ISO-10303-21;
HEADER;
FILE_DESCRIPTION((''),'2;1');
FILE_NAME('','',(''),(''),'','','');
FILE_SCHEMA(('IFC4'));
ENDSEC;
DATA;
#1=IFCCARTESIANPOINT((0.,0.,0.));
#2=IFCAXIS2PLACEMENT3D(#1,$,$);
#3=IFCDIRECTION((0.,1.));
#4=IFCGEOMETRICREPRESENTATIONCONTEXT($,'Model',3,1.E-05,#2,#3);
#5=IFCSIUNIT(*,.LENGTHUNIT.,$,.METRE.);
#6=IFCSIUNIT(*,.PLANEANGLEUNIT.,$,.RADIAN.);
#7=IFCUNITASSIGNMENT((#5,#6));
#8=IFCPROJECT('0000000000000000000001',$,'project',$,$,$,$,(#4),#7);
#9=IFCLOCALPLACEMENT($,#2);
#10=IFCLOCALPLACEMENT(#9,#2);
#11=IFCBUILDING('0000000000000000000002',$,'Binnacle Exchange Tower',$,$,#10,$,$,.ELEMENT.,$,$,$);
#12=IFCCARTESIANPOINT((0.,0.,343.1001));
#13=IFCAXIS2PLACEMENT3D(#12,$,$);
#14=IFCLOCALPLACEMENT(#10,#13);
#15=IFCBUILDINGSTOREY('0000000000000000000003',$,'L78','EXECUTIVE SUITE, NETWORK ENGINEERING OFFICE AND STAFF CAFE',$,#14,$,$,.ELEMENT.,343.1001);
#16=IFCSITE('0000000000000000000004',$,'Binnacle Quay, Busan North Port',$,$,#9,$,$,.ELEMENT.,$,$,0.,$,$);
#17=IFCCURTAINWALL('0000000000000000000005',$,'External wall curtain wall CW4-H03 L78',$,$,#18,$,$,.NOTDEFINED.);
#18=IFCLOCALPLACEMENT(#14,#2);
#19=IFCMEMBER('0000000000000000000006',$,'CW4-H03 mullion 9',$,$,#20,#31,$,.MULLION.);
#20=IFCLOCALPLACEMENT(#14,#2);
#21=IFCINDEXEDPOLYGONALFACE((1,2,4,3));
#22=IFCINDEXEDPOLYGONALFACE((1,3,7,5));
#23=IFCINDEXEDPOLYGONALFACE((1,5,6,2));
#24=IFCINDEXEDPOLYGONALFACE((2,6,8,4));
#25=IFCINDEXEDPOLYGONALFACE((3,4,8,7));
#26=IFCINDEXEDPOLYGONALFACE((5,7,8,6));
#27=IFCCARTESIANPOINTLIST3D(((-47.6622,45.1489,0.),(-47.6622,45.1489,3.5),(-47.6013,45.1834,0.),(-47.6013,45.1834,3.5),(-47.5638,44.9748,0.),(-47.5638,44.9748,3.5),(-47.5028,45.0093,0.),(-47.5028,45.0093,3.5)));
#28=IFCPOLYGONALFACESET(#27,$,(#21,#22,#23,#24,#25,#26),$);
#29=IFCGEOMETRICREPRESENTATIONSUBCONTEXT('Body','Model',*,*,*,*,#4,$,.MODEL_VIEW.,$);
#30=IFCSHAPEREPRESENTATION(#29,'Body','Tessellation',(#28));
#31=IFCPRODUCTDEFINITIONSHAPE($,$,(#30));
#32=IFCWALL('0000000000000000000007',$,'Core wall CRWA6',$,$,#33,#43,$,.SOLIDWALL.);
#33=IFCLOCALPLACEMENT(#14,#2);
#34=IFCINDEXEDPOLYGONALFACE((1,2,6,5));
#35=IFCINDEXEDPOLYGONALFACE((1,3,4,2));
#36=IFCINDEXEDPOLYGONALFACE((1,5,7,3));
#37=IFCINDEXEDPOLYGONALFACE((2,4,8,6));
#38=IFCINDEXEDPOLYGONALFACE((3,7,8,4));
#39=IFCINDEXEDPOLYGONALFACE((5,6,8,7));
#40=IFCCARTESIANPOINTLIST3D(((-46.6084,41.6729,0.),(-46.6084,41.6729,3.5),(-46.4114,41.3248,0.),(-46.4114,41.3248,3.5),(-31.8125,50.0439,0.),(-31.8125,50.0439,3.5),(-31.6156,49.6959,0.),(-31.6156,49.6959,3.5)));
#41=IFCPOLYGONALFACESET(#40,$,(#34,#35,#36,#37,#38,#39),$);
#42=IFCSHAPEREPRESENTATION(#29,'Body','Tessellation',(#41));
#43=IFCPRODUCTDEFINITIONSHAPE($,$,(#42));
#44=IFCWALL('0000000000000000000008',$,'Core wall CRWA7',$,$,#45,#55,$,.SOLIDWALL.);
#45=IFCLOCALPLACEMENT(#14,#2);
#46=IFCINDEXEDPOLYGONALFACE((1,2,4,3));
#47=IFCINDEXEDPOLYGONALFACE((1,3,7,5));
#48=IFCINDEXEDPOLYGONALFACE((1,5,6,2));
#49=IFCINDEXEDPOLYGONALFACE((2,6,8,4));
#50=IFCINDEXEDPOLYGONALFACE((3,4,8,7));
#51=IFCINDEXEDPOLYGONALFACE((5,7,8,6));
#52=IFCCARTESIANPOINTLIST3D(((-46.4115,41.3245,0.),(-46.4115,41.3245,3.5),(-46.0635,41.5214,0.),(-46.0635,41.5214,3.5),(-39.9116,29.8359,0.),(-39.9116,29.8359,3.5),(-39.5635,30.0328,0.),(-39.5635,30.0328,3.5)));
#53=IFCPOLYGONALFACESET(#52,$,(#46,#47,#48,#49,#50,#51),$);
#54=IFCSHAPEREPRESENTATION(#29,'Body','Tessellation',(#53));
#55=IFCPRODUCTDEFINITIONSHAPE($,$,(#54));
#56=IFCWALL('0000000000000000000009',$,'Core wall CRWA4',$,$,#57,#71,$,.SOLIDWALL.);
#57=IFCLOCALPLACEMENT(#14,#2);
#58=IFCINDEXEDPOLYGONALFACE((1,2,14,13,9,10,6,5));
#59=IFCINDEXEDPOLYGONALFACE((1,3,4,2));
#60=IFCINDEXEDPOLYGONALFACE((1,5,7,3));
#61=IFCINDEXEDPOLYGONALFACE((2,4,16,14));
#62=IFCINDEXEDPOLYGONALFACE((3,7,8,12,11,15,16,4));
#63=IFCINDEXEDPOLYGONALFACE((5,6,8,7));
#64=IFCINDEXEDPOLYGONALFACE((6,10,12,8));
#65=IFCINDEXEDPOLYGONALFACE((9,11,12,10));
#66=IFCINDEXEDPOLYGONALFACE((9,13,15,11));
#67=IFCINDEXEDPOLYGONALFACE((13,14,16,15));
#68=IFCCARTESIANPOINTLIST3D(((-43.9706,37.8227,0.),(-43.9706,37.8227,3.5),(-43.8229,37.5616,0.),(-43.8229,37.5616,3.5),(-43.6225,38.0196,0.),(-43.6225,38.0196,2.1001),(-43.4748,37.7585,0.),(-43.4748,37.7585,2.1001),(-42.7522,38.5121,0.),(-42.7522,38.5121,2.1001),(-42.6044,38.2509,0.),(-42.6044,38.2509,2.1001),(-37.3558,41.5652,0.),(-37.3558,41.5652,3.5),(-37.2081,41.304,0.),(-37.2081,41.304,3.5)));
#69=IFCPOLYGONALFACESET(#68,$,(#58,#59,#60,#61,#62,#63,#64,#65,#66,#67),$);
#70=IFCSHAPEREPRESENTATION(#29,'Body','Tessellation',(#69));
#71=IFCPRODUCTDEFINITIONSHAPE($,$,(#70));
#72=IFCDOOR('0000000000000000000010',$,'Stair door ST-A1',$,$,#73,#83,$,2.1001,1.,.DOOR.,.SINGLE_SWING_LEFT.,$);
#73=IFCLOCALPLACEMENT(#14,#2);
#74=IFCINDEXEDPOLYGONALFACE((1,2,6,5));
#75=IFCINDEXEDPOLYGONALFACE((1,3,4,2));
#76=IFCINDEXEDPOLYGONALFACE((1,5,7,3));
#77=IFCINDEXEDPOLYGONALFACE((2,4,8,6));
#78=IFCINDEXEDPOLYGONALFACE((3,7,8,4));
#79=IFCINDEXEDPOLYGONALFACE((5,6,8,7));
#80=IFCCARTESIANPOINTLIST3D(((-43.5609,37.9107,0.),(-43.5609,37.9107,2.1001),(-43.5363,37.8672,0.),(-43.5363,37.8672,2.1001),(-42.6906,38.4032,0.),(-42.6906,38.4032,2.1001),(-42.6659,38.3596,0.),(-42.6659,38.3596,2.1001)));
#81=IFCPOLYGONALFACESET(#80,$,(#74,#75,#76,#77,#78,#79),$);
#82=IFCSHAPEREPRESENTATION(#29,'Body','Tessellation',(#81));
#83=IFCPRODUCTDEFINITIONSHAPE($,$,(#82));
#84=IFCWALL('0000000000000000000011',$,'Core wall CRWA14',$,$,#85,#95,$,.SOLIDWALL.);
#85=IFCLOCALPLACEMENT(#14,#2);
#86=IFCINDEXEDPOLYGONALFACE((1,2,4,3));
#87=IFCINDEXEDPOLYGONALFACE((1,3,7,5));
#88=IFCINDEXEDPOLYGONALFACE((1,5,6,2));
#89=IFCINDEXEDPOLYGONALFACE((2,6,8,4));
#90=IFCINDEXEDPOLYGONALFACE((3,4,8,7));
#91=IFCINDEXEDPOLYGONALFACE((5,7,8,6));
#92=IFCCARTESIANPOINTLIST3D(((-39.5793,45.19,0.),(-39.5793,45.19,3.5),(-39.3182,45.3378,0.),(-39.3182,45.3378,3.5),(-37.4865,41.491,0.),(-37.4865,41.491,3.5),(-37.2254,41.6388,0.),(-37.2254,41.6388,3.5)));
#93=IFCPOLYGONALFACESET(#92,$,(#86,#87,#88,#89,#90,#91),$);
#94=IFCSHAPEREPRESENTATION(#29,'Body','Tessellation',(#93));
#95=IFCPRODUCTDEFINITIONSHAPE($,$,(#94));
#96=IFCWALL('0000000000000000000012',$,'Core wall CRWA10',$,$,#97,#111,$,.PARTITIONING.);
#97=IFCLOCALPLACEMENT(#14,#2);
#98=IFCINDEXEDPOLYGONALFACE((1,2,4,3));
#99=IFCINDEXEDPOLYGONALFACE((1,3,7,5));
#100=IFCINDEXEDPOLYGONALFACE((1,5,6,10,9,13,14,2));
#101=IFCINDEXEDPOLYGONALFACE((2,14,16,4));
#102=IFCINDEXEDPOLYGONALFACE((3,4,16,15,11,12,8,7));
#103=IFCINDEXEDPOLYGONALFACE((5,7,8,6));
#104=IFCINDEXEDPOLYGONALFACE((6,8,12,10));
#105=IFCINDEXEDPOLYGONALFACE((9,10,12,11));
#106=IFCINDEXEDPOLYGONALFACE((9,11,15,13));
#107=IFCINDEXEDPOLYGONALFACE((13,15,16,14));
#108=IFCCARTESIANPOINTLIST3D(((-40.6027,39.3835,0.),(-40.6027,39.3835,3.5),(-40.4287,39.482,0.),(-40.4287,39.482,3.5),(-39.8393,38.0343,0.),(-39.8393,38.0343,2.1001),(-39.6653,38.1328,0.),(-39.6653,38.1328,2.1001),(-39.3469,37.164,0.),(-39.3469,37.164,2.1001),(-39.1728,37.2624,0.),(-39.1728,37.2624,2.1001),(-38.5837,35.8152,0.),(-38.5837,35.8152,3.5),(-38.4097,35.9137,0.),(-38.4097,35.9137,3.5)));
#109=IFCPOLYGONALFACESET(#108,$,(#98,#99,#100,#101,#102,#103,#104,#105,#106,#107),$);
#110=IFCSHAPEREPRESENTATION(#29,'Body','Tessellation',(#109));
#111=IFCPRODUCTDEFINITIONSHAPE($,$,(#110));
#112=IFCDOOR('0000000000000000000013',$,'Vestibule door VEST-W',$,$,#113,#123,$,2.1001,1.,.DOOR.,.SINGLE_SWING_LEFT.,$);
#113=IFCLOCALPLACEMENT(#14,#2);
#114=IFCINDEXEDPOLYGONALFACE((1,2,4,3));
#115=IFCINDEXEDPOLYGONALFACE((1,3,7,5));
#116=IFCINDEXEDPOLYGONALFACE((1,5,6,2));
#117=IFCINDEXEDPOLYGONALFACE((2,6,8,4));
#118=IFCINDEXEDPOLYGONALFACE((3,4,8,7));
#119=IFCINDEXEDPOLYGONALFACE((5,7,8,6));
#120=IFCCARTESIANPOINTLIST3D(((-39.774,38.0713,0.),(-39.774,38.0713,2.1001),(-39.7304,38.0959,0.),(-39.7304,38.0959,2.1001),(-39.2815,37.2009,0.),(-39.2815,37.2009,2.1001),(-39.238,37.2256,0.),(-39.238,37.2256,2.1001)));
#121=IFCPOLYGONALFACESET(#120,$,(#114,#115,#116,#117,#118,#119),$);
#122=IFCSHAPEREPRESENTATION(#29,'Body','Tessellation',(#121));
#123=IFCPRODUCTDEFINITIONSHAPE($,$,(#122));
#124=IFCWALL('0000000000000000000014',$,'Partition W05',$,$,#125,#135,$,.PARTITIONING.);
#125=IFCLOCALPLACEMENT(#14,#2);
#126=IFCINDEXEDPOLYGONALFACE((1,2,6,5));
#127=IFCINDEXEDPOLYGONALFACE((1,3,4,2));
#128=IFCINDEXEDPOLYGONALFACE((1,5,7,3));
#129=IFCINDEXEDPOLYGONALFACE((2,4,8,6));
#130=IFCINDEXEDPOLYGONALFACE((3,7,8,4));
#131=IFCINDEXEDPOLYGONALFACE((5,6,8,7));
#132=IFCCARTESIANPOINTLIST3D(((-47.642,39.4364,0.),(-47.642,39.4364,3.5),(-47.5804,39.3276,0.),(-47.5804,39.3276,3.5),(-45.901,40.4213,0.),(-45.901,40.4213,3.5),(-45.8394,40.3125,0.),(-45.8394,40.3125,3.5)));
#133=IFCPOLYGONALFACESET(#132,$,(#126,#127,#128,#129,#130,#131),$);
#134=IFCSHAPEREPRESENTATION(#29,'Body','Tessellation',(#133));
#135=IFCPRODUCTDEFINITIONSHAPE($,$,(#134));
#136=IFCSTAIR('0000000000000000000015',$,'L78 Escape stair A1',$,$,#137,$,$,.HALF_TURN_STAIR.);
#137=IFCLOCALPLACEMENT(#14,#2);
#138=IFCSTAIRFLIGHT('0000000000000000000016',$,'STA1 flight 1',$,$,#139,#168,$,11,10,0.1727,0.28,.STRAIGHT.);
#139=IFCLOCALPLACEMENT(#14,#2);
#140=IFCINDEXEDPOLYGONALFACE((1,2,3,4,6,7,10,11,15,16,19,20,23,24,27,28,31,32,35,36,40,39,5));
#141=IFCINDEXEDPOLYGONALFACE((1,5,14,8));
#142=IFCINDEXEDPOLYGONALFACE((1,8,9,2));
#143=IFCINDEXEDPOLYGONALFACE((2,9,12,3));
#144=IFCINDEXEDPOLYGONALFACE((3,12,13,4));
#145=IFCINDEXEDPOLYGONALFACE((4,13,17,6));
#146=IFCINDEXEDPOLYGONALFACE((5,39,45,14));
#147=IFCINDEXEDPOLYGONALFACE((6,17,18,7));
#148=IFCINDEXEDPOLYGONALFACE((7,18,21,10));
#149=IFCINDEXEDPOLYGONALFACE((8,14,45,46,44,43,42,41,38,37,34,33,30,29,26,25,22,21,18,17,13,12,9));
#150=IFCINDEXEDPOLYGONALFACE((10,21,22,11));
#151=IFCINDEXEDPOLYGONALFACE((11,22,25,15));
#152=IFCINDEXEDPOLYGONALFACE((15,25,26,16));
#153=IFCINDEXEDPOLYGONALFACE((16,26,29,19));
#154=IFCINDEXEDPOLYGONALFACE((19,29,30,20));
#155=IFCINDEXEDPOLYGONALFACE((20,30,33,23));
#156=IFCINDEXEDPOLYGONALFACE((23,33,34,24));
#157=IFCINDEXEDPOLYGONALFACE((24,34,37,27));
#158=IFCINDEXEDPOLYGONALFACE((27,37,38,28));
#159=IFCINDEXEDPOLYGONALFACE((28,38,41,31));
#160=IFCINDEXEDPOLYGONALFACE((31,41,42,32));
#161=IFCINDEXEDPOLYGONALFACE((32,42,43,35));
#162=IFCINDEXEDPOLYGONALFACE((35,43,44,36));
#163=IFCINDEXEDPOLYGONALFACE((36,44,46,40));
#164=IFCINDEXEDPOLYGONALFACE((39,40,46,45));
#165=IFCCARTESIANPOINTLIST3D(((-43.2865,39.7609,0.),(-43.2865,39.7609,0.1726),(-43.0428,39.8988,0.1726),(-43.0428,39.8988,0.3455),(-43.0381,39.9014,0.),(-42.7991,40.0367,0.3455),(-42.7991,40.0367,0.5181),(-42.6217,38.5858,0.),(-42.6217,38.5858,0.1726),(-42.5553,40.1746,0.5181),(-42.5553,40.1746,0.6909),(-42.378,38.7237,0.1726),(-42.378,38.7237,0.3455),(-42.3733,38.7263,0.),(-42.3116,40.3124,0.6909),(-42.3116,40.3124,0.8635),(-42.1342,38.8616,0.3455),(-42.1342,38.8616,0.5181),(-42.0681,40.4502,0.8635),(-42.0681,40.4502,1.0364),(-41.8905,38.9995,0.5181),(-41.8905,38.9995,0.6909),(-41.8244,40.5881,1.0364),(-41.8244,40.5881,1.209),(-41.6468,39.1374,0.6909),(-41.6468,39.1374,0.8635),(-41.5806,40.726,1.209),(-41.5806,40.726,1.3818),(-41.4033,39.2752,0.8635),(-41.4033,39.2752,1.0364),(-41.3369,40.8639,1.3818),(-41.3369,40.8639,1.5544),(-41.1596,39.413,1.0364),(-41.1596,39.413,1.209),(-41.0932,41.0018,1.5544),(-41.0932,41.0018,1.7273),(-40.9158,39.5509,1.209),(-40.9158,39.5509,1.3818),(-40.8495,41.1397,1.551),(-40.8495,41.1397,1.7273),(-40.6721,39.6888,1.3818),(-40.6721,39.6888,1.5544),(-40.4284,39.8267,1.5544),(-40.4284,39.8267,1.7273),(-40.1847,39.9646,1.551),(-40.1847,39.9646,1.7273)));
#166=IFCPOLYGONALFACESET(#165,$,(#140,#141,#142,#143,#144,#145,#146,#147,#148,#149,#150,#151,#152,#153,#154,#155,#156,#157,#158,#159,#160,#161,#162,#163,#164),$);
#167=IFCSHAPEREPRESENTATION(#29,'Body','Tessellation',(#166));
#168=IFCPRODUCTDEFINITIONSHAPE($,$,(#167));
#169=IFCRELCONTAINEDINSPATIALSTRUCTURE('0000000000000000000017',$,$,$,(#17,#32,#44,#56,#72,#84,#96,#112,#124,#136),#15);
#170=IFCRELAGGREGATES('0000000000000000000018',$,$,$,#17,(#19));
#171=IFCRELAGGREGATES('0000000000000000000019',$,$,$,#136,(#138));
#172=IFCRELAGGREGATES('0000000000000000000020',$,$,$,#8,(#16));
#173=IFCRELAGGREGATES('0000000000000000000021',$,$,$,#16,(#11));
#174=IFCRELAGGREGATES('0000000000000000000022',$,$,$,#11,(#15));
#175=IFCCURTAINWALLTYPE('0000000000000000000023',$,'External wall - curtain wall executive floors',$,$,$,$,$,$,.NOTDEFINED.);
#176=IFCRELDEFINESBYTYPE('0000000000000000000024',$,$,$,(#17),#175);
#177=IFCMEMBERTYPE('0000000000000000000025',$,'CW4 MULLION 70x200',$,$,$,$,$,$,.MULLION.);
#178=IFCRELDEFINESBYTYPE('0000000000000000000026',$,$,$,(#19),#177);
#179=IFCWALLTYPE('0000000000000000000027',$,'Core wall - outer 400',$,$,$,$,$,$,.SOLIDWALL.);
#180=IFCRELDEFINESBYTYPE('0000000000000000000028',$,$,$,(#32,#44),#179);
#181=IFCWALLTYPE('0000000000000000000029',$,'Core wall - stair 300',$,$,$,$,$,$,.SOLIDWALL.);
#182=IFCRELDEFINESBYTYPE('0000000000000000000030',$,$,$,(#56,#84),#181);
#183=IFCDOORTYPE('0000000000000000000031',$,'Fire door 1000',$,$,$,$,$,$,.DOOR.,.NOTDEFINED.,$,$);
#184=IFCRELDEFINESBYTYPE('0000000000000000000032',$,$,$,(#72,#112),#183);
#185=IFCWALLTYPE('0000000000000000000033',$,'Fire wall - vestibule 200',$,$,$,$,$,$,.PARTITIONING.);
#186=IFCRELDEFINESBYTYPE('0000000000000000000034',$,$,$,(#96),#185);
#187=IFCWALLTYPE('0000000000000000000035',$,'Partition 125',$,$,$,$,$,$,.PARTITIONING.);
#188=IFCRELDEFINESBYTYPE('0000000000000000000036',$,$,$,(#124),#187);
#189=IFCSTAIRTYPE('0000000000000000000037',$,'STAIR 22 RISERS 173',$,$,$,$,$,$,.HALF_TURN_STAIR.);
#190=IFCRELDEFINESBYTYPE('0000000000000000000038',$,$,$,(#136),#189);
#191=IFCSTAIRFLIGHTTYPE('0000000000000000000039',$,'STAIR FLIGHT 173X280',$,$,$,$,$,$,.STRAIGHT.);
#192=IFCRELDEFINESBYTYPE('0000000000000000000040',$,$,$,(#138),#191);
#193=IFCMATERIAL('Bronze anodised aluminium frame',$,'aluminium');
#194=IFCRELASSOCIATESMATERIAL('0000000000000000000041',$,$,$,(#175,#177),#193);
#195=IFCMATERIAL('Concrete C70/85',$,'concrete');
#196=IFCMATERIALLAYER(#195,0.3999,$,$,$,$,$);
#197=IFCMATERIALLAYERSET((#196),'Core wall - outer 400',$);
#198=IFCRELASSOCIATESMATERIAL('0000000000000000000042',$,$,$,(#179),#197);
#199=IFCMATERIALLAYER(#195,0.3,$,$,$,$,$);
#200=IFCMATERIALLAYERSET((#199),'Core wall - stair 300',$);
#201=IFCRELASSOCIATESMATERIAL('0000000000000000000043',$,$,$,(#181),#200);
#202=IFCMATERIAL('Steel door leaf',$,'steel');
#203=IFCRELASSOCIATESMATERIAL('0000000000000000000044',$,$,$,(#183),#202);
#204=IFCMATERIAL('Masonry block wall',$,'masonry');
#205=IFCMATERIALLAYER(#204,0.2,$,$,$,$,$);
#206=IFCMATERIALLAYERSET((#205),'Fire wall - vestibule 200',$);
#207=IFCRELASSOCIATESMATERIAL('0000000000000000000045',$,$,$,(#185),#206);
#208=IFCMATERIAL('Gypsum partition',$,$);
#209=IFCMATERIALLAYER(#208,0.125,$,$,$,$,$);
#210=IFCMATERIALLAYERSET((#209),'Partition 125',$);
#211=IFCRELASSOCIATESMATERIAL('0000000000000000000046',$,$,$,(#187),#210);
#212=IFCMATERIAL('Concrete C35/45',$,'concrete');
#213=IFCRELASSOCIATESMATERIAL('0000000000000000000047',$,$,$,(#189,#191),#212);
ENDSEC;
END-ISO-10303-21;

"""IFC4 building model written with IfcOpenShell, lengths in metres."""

from ifc_helpers import new_model, si_unit, direction, frame, frame_2d, origin, origin_2d, place, context, subcontext, project, spatial, polyline, rectangle, outline, extrude, material, layer, layer_set, material_profile, profile_set, type_object, element, fill, aggregate, save


model = new_model("IFC4")

# Units and contexts
model_context = context("Model", 3, precision=1e-05, world=origin(), true_north=direction((0.0, 1.0)))
body_context = subcontext(model_context, "Body", "Model", "MODEL_VIEW")
ifc_project = project(units=[si_unit("LENGTHUNIT", "METRE"), si_unit("PLANEANGLEUNIT", "RADIAN")], contexts=[model_context])

# Site, building, storey
site_placement = place(None, origin())
site = spatial("IfcSite", under=ifc_project, at=site_placement, Name="Binnacle Quay, Busan North Port", CompositionType="ELEMENT", RefElevation=0.0)
building_placement = place(site_placement, origin())
building = spatial("IfcBuilding", under=site, at=building_placement, Name="Binnacle Exchange Tower", CompositionType="ELEMENT")
storey_placement = place(building_placement, frame((0.0, 0.0, 343.1001)))
storey = spatial("IfcBuildingStorey", under=building, at=storey_placement, Name="L78", Description="EXECUTIVE SUITE, NETWORK ENGINEERING OFFICE AND STAFF CAFE", CompositionType="ELEMENT", Elevation=343.1001)

# Curtain wall, member
ifc_material_1 = material(Name="Bronze anodised aluminium frame", Category="aluminium")
curtain_wall_type = type_object("IfcCurtainWallType", Name="External wall - curtain wall executive floors", PredefinedType="NOTDEFINED", material=ifc_material_1)
curtain_wall_placement = place(storey_placement, origin())
curtain_wall = element("IfcCurtainWall", 1, at=curtain_wall_placement, inside=storey, type_object=curtain_wall_type, Name="External wall curtain wall CW4-H03 L78", PredefinedType="NOTDEFINED")
ifc_material_profile = material_profile(ifc_material_1, rectangle(XDim=0.2, YDim=0.0701, at=origin_2d()), Name="AL 70x200")
ifc_profile_set = profile_set([ifc_material_profile], Name="Bronze anodised aluminium frame")
member_type = type_object("IfcMemberType", Name="CW4 MULLION 70x200", PredefinedType="MULLION", material=ifc_profile_set)
member_placement = place(storey_placement, frame((-47.5825, 45.0791, 0.0), z_axis=(0.0, 0.0, 1.0), x_axis=(0.492424, -0.870356, 0.0)))
member = element("IfcMember", 2, at=member_placement, type_object=member_type, Name="CW4-H03 mullion 9", PredefinedType="MULLION", context=body_context, shape_type="SweptSolid", body=[
    extrude(rectangle(XDim=0.2, YDim=0.0701, at=origin_2d()), origin(), (0.0, 0.0, 1.0), 3.5),
])
aggregate(curtain_wall, [member])

# Walls
ifc_material_2 = material(Name="Concrete C70/85", Category="concrete")
ifc_layer_1 = layer(ifc_material_2, 0.3999)
ifc_layer_set_1 = layer_set([ifc_layer_1], Name="Core wall - outer 400")
wall_type_1 = type_object("IfcWallType", Name="Core wall - outer 400", PredefinedType="SOLIDWALL", material=ifc_layer_set_1)
wall_1_placement = place(storey_placement, frame((-46.51, 41.4988, 0.0), z_axis=(0.0, 0.0, 1.0), x_axis=(0.870356, 0.492423, 0.0)))
element("IfcWall", 3, at=wall_1_placement, inside=storey, type_object=wall_type_1, Name="Core wall CRWA6", PredefinedType="SOLIDWALL", context=body_context, shape_type="SweptSolid", body=[
    extrude(rectangle(XDim=16.9998, YDim=0.3999, at=frame_2d((8.5, 0.0))), origin(), (0.0, 0.0, 1.0), 3.5),
])
wall_2_placement = place(storey_placement, frame((-46.2375, 41.4231, 0.0), z_axis=(0.0, 0.0, 1.0), x_axis=(0.492422, -0.870357, 0.0)))
element("IfcWall", 4, at=wall_2_placement, inside=storey, type_object=wall_type_1, Name="Core wall CRWA7", PredefinedType="SOLIDWALL", context=body_context, shape_type="SweptSolid", body=[
    extrude(rectangle(XDim=13.2, YDim=0.3999, at=frame_2d((6.6001, 0.0))), origin(), (0.0, 0.0, 1.0), 3.5),
])

# Wall, opening, door
ifc_layer_2 = layer(ifc_material_2, 0.3)
ifc_layer_set_2 = layer_set([ifc_layer_2], Name="Core wall - stair 300")
wall_type_2 = type_object("IfcWallType", Name="Core wall - stair 300", PredefinedType="SOLIDWALL", material=ifc_layer_set_2)
wall_3_placement = place(storey_placement, frame((-43.8967, 37.6921, 0.0), z_axis=(0.0, 0.0, 1.0), x_axis=(0.870356, 0.492422, 0.0)))
wall_3 = element("IfcWall", 5, at=wall_3_placement, inside=storey, type_object=wall_type_2, Name="Core wall CRWA4", PredefinedType="SOLIDWALL", context=body_context, shape_type="SweptSolid", body=[
    extrude(rectangle(XDim=7.6001, YDim=0.3, at=frame_2d((3.8, 0.0))), origin(), (0.0, 0.0, 1.0), 3.5),
])
opening_1_placement = place(wall_3_placement, frame((0.3999, 0.0, 0.0)))
opening_1 = element("IfcOpeningElement", 6, at=opening_1_placement, cuts=wall_3, PredefinedType="OPENING", context=body_context, shape_type="SweptSolid", body=[
    extrude(rectangle(XDim=1.0, YDim=2.1001, at=frame_2d((0.5, 1.05))), frame((0.0, 0.1599, 0.0), z_axis=(0.0, -1.0, 0.0), x_axis=(1.0, 0.0, 0.0)), (0.0, 0.0, 1.0), 0.3201),
])
ifc_material_3 = material(Name="Steel door leaf", Category="steel")
door_type = type_object("IfcDoorType", Name="Fire door 1000", OperationType="NOTDEFINED", PredefinedType="DOOR", material=ifc_material_3)
door_1_placement = place(opening_1_placement, origin())
door_1 = element("IfcDoor", 7, at=door_1_placement, inside=storey, type_object=door_type, Name="Stair door ST-A1", OperationType="SINGLE_SWING_LEFT", OverallHeight=2.1001, OverallWidth=1.0, PredefinedType="DOOR", context=body_context, shape_type="SweptSolid", body=[
    extrude(rectangle(XDim=1.0, YDim=2.1001, at=frame_2d((0.5, 1.05))), frame((0.0, 0.0249, 0.0), z_axis=(0.0, -1.0, 0.0), x_axis=(1.0, 0.0, 0.0)), (0.0, 0.0, 1.0), 0.05),
])
fill(opening_1, door_1)

# Wall
wall_4_placement = place(storey_placement, frame((-39.4487, 45.2639, 0.0), z_axis=(0.0, 0.0, 1.0), x_axis=(0.492423, -0.870356, 0.0)))
element("IfcWall", 8, at=wall_4_placement, inside=storey, type_object=wall_type_2, Name="Core wall CRWA14", PredefinedType="SOLIDWALL", context=body_context, shape_type="SweptSolid", body=[
    extrude(rectangle(XDim=4.25, YDim=0.3, at=frame_2d((2.125, 0.0))), origin(), (0.0, 0.0, 1.0), 3.5),
])

# Wall, opening, door
ifc_material_4 = material(Name="Masonry block wall", Category="masonry")
ifc_layer_3 = layer(ifc_material_4, 0.2)
ifc_layer_set_3 = layer_set([ifc_layer_3], Name="Fire wall - vestibule 200")
wall_type_3 = type_object("IfcWallType", Name="Fire wall - vestibule 200", PredefinedType="PARTITIONING", material=ifc_layer_set_3)
wall_5_placement = place(storey_placement, frame((-40.5156, 39.4326, 0.0), z_axis=(0.0, 0.0, 1.0), x_axis=(0.492454, -0.870339, 0.0)))
wall_5 = element("IfcWall", 9, at=wall_5_placement, inside=storey, type_object=wall_type_3, Name="Core wall CRWA10", PredefinedType="PARTITIONING", context=body_context, shape_type="SweptSolid", body=[
    extrude(rectangle(XDim=4.0999, YDim=0.2, at=frame_2d((2.0498, 0.0))), origin(), (0.0, 0.0, 1.0), 3.5),
])
opening_2_placement = place(wall_5_placement, frame((1.55, 0.0, 0.0)))
opening_2 = element("IfcOpeningElement", 10, at=opening_2_placement, cuts=wall_5, PredefinedType="OPENING", context=body_context, shape_type="SweptSolid", body=[
    extrude(rectangle(XDim=1.0, YDim=2.1001, at=frame_2d((0.5, 1.05))), frame((0.0, 0.1099, 0.0), z_axis=(0.0, -1.0, 0.0), x_axis=(1.0, 0.0, 0.0)), (0.0, 0.0, 1.0), 0.22),
])
door_2_placement = place(opening_2_placement, frame((1.0, 0.0, 0.0), z_axis=(0.0, 0.0, 1.0), x_axis=(-1.0, 0.0, 0.0)))
door_2 = element("IfcDoor", 11, at=door_2_placement, inside=storey, type_object=door_type, Name="Vestibule door VEST-W", OperationType="SINGLE_SWING_LEFT", OverallHeight=2.1001, OverallWidth=1.0, PredefinedType="DOOR", context=body_context, shape_type="SweptSolid", body=[
    extrude(rectangle(XDim=1.0, YDim=2.1001, at=frame_2d((0.5, 1.05))), frame((0.0, 0.0249, 0.0), z_axis=(0.0, -1.0, 0.0), x_axis=(1.0, 0.0, 0.0)), (0.0, 0.0, 1.0), 0.05),
])
fill(opening_2, door_2)

# Wall
ifc_material_5 = material(Name="Gypsum partition")
ifc_layer_4 = layer(ifc_material_5, 0.125)
ifc_layer_set_4 = layer_set([ifc_layer_4], Name="Partition 125")
wall_type_4 = type_object("IfcWallType", Name="Partition 125", PredefinedType="PARTITIONING", material=ifc_layer_set_4)
wall_6_placement = place(storey_placement, frame((-47.6111, 39.3821, 0.0), z_axis=(0.0, 0.0, 1.0), x_axis=(0.870383, 0.492375, 0.0)))
element("IfcWall", 12, at=wall_6_placement, inside=storey, type_object=wall_type_4, Name="Partition W05", PredefinedType="PARTITIONING", context=body_context, shape_type="SweptSolid", body=[
    extrude(rectangle(XDim=2.0002, YDim=0.125, at=frame_2d((1.0, 0.0))), origin(), (0.0, 0.0, 1.0), 3.5),
])

# Stair, stair flight
ifc_material_6 = material(Name="Concrete C35/45", Category="concrete")
stair_type = type_object("IfcStairType", Name="STAIR 22 RISERS 173", PredefinedType="HALF_TURN_STAIR", material=ifc_material_6)
stair_placement = place(storey_placement, origin())
stair = element("IfcStair", 13, at=stair_placement, inside=storey, type_object=stair_type, Name="L78 Escape stair A1", PredefinedType="HALF_TURN_STAIR")
stair_flight_type = type_object("IfcStairFlightType", Name="STAIR FLIGHT 173X280", PredefinedType="STRAIGHT", material=ifc_material_6)
stair_flight_1_placement = place(storey_placement, frame((-42.9541, 39.1733, 0.0), z_axis=(0.0, 0.0, 1.0), x_axis=(0.870356, 0.492424, 0.0)))
stair_flight_1 = element("IfcStairFlight", 14, at=stair_flight_1_placement, type_object=stair_flight_type, Name="STA1 flight 1", NumberOfRisers=11, NumberOfTreads=10, PredefinedType="STRAIGHT", RiserHeight=0.1727, TreadLength=0.28, context=body_context, shape_type="SweptSolid", body=[
    extrude(outline(polyline([(0.0, 0.0), (0.0, 0.1726), (0.28, 0.1726), (0.28, 0.3455), (0.5601, 0.3455), (0.5601, 0.5181), (0.8401, 0.5181), (0.8401, 0.6909), (1.1201, 0.6909), (1.1201, 0.8635), (1.3999, 0.8635), (1.3999, 1.0364), (1.6799, 1.0364), (1.6799, 1.209), (1.96, 1.209), (1.96, 1.3818), (2.24, 1.3818), (2.24, 1.5544), (2.52, 1.5544), (2.52, 1.7273), (2.8, 1.7273), (2.8, 1.8999), (2.8, 1.551), (0.2854, 0.0), (0.0, 0.0)])), frame((0.0, 0.675, 0.0), z_axis=(0.0, -1.0, 0.0), x_axis=(1.0, 0.0, 0.0)), (0.0, 0.0, 1.0), 1.3501),
])
aggregate(stair, [stair_flight_1])

save(model, "model.ifc")
